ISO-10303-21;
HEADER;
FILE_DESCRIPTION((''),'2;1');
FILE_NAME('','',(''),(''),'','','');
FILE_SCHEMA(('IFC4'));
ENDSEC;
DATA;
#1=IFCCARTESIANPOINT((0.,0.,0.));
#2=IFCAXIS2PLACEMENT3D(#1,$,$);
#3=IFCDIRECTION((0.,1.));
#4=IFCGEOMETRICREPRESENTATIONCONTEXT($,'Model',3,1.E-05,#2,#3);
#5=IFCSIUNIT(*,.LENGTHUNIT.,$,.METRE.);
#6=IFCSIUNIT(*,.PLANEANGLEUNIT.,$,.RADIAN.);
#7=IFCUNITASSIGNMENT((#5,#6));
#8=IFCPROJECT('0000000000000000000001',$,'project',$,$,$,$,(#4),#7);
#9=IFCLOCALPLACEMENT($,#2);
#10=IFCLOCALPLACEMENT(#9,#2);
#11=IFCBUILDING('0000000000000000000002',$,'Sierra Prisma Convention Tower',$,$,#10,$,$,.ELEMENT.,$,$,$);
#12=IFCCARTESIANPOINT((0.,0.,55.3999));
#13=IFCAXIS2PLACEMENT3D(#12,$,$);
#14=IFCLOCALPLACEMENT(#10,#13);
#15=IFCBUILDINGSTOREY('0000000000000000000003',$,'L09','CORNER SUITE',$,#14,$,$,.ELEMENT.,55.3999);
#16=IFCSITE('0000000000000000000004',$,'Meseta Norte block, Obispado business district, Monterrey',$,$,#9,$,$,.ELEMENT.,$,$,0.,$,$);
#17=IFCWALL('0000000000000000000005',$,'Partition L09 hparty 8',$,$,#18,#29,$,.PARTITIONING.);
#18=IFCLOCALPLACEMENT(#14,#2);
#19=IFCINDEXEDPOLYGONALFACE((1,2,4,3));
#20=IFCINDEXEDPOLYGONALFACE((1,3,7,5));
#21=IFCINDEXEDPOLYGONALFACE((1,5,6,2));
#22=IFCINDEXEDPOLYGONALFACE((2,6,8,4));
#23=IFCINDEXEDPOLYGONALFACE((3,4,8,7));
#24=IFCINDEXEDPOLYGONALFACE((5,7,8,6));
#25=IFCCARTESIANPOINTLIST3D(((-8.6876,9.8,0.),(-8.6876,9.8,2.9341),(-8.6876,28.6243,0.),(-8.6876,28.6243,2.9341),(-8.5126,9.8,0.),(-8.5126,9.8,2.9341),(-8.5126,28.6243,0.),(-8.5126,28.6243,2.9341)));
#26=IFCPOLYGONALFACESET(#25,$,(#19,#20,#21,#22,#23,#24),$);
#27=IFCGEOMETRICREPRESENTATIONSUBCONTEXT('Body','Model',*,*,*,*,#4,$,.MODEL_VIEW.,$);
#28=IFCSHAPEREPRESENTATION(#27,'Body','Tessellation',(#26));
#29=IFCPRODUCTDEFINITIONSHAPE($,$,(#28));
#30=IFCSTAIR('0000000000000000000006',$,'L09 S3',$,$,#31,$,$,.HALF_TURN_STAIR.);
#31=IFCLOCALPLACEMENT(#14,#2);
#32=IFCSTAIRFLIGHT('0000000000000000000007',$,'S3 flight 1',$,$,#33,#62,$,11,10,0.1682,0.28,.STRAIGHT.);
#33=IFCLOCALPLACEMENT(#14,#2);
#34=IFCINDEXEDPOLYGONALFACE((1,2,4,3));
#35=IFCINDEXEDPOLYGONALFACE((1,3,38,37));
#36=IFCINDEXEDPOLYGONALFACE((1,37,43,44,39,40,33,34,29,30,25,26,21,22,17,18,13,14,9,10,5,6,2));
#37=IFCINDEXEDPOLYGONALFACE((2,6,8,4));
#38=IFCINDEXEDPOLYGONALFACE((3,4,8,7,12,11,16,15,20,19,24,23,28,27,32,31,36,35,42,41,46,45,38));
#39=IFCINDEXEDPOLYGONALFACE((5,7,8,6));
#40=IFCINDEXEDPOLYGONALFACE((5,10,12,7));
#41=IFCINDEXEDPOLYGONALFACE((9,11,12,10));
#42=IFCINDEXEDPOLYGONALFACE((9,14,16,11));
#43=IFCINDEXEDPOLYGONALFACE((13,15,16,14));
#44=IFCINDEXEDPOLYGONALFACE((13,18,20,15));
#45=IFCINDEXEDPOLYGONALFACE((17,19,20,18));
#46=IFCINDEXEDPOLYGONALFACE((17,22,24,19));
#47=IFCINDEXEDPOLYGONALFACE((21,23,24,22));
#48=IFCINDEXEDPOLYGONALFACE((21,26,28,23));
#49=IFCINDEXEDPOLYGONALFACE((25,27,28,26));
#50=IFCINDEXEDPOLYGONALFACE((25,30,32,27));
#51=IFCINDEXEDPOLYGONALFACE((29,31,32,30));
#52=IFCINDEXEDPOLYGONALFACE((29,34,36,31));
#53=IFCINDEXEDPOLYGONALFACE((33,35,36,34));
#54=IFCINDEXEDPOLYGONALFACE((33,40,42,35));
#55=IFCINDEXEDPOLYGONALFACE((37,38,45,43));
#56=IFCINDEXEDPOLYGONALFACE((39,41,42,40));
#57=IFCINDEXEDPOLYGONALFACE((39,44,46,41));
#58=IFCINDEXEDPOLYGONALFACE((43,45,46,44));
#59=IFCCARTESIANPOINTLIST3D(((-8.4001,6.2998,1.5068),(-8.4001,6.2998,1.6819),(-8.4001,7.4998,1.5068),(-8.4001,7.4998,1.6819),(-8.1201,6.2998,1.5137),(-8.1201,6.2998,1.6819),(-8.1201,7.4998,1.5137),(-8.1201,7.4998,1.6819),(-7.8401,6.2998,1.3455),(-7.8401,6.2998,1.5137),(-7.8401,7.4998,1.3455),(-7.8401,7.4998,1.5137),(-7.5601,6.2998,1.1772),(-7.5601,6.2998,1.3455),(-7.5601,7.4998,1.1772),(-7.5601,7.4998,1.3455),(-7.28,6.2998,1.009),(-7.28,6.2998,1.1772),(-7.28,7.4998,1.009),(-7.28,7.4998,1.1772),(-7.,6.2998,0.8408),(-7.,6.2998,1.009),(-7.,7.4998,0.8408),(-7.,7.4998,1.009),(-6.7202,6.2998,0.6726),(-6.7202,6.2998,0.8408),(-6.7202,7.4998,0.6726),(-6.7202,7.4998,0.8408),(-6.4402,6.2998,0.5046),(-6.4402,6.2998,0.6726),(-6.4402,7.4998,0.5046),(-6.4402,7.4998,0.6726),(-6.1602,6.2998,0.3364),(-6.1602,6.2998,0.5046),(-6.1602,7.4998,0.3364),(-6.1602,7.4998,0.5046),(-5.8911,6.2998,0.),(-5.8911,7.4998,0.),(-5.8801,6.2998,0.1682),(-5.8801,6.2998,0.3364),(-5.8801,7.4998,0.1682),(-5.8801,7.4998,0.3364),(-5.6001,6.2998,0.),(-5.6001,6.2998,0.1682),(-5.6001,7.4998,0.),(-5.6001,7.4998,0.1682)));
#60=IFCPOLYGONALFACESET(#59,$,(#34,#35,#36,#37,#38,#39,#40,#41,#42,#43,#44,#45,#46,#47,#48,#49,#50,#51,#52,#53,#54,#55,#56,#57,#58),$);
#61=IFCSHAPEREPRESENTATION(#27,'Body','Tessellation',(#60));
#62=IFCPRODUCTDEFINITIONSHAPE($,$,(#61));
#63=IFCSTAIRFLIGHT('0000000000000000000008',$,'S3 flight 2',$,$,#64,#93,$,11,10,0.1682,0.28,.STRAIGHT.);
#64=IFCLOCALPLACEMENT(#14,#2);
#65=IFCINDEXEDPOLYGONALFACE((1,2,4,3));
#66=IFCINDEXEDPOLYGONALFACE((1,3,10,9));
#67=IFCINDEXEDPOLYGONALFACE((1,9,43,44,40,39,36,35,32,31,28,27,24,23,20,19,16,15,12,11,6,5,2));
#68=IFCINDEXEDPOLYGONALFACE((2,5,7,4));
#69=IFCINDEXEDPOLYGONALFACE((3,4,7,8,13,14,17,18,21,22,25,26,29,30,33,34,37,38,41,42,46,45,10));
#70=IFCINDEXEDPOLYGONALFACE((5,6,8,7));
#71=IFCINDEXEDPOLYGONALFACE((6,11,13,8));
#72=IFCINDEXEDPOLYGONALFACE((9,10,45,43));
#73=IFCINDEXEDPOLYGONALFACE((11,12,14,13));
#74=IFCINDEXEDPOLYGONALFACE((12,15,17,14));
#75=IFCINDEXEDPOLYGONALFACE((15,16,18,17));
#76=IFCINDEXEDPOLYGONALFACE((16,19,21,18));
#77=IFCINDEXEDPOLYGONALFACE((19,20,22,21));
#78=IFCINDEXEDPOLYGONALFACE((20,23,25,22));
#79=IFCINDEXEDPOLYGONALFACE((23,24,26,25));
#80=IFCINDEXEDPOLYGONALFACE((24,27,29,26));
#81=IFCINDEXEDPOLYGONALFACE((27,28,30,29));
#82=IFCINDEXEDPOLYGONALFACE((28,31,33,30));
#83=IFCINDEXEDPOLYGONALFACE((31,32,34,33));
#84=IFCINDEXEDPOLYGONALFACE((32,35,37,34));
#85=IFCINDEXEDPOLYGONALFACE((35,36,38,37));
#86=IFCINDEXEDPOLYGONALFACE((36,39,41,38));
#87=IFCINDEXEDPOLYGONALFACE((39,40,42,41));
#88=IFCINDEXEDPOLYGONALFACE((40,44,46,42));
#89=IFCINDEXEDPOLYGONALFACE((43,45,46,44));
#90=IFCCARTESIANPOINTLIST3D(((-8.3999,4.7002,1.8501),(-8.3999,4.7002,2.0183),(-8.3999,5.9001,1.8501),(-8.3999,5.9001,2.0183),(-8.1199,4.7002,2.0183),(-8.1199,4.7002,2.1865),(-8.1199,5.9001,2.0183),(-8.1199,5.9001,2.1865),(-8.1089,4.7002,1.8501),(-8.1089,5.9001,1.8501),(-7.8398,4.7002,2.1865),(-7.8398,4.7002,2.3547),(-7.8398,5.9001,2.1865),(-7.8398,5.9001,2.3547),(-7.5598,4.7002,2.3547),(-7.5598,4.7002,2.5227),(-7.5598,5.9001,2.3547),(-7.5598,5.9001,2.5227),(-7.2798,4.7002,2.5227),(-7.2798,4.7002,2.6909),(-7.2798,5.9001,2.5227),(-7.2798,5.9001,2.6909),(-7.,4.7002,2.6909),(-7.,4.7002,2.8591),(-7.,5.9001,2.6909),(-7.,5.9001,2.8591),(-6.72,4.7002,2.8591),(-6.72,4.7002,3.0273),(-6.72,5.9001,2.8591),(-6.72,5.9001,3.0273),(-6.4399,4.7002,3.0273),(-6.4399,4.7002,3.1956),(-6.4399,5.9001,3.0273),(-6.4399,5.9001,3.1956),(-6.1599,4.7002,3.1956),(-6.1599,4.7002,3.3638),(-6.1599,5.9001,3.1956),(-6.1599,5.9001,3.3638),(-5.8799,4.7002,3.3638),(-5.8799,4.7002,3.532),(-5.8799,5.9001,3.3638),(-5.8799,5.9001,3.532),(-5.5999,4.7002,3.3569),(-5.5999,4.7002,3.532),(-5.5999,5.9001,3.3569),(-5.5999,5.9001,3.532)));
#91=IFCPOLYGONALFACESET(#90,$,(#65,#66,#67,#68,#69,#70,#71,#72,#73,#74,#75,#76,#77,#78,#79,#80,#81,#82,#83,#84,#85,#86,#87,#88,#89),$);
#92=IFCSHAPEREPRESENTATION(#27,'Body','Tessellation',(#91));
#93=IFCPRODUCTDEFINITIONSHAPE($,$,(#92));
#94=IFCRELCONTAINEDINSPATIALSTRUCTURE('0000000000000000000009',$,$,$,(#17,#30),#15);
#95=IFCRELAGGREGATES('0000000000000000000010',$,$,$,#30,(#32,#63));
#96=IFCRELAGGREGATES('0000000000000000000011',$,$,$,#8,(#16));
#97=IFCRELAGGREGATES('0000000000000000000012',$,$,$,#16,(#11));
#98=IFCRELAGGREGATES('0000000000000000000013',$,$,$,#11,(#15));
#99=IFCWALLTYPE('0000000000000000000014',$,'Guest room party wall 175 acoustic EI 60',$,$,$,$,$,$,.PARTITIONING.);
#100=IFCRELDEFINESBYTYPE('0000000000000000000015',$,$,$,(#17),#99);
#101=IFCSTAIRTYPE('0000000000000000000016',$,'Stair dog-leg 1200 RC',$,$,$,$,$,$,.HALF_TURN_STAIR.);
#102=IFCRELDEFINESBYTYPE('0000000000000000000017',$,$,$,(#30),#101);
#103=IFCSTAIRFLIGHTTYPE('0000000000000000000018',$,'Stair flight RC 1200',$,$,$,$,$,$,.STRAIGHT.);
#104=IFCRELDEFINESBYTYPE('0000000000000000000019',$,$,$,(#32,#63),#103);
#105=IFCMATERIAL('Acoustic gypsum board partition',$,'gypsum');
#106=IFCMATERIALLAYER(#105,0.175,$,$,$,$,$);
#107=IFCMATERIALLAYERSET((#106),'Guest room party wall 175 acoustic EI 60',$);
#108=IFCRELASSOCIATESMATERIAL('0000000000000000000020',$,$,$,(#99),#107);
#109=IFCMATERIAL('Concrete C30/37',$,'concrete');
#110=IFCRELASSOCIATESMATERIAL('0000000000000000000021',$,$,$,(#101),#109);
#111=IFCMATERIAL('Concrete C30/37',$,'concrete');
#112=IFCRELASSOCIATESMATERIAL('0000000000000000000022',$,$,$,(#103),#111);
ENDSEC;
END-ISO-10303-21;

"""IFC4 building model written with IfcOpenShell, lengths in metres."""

from ifc_helpers import new_model, si_unit, direction, frame, frame_2d, origin, place, context, subcontext, project, spatial, polyline, rectangle, outline, extrude, material, layer, layer_set, type_object, element, aggregate, save


model = new_model("IFC4")

# Units and contexts
model_context = context("Model", 3, precision=1e-05, world=origin(), true_north=direction((0.0, 1.0)))
body_context = subcontext(model_context, "Body", "Model", "MODEL_VIEW")
ifc_project = project(units=[si_unit("LENGTHUNIT", "METRE"), si_unit("PLANEANGLEUNIT", "RADIAN")], contexts=[model_context])

# Site, building, storey
site_placement = place(None, origin())
site = spatial("IfcSite", under=ifc_project, at=site_placement, Name="Meseta Norte block, Obispado business district, Monterrey", CompositionType="ELEMENT", RefElevation=0.0)
building_placement = place(site_placement, origin())
building = spatial("IfcBuilding", under=site, at=building_placement, Name="Sierra Prisma Convention Tower", CompositionType="ELEMENT")
storey_placement = place(building_placement, frame((0.0, 0.0, 55.3999)))
storey = spatial("IfcBuildingStorey", under=building, at=storey_placement, Name="L09", Description="CORNER SUITE", CompositionType="ELEMENT", Elevation=55.3999)

# Wall
ifc_material_1 = material(Name="Acoustic gypsum board partition", Category="gypsum")
ifc_layer_1 = layer(ifc_material_1, 0.175)
ifc_layer_set_1 = layer_set([ifc_layer_1], Name="Guest room party wall 175 acoustic EI 60")
wall_type_1 = type_object("IfcWallType", Name="Guest room party wall 175 acoustic EI 60", PredefinedType="PARTITIONING", material=ifc_layer_set_1)
wall_1_placement = place(storey_placement, frame((-8.6001, 9.8, 0.0), z_axis=(0.0, 0.0, 1.0), x_axis=(0.0, 1.0, 0.0)))
element("IfcWall", 1, at=wall_1_placement, inside=storey, type_object=wall_type_1, Name="Partition L09 hparty 8", PredefinedType="PARTITIONING", context=body_context, shape_type="SweptSolid", body=[
    extrude(rectangle(XDim=18.8242, YDim=0.175, at=frame_2d((9.4121, 0.0))), origin(), (0.0, 0.0, 1.0), 2.9341),
])

# Stair, stair flights
ifc_material_2 = material(Name="Concrete C30/37", Category="concrete")
stair_type = type_object("IfcStairType", Name="Stair dog-leg 1200 RC", PredefinedType="HALF_TURN_STAIR", material=ifc_material_2)
stair_placement = place(storey_placement, origin())
stair = element("IfcStair", 2, at=stair_placement, inside=storey, type_object=stair_type, Name="L09 S3", PredefinedType="HALF_TURN_STAIR")
ifc_material_3 = material(Name="Concrete C30/37", Category="concrete")
stair_flight_type = type_object("IfcStairFlightType", Name="Stair flight RC 1200", PredefinedType="STRAIGHT", material=ifc_material_3)
stair_flight_1_placement = place(storey_placement, frame((-5.6001, 6.8999, 0.0), z_axis=(0.0, 0.0, 1.0), x_axis=(-1.0, 0.0, 0.0)))
stair_flight_1 = element("IfcStairFlight", 3, at=stair_flight_1_placement, type_object=stair_flight_type, Name="S3 flight 1", NumberOfRisers=11, NumberOfTreads=10, PredefinedType="STRAIGHT", RiserHeight=0.1682, TreadLength=0.28, context=body_context, shape_type="SweptSolid", body=[
    extrude(outline(polyline([(0.0, 0.0), (0.0, 0.1682), (0.28, 0.1682), (0.28, 0.3364), (0.5601, 0.3364), (0.5601, 0.5046), (0.8401, 0.5046), (0.8401, 0.6726), (1.1201, 0.6726), (1.1201, 0.8408), (1.3999, 0.8408), (1.3999, 1.009), (1.6799, 1.009), (1.6799, 1.1772), (1.96, 1.1772), (1.96, 1.3455), (2.24, 1.3455), (2.24, 1.5137), (2.52, 1.5137), (2.52, 1.6819), (2.8, 1.6819), (2.8, 1.8501), (2.8, 1.5068), (0.291, 0.0), (0.0, 0.0)])), frame((0.0, 0.6001, 0.0), z_axis=(0.0, -1.0, 0.0), x_axis=(1.0, 0.0, 0.0)), (0.0, 0.0, 1.0), 1.2),
])
stair_flight_2_placement = place(storey_placement, frame((-8.3999, 5.3, 1.8501), z_axis=(0.0, 0.0, 1.0), x_axis=(1.0, 0.0, 0.0)))
stair_flight_2 = element("IfcStairFlight", 4, at=stair_flight_2_placement, type_object=stair_flight_type, Name="S3 flight 2", NumberOfRisers=11, NumberOfTreads=10, PredefinedType="STRAIGHT", RiserHeight=0.1682, TreadLength=0.28, context=body_context, shape_type="SweptSolid", body=[
    extrude(outline(polyline([(0.0, 0.0), (0.0, 0.1682), (0.28, 0.1682), (0.28, 0.3364), (0.5601, 0.3364), (0.5601, 0.5046), (0.8401, 0.5046), (0.8401, 0.6726), (1.1201, 0.6726), (1.1201, 0.8408), (1.3999, 0.8408), (1.3999, 1.009), (1.6799, 1.009), (1.6799, 1.1772), (1.96, 1.1772), (1.96, 1.3455), (2.24, 1.3455), (2.24, 1.5137), (2.52, 1.5137), (2.52, 1.6819), (2.8, 1.6819), (2.8, 1.8501), (2.8, 1.5068), (0.291, 0.0), (0.0, 0.0)])), frame((0.0, 0.6001, 0.0), z_axis=(0.0, -1.0, 0.0), x_axis=(1.0, 0.0, 0.0)), (0.0, 0.0, 1.0), 1.2),
])
aggregate(stair, [stair_flight_1, stair_flight_2])

save(model, "model.ifc")
